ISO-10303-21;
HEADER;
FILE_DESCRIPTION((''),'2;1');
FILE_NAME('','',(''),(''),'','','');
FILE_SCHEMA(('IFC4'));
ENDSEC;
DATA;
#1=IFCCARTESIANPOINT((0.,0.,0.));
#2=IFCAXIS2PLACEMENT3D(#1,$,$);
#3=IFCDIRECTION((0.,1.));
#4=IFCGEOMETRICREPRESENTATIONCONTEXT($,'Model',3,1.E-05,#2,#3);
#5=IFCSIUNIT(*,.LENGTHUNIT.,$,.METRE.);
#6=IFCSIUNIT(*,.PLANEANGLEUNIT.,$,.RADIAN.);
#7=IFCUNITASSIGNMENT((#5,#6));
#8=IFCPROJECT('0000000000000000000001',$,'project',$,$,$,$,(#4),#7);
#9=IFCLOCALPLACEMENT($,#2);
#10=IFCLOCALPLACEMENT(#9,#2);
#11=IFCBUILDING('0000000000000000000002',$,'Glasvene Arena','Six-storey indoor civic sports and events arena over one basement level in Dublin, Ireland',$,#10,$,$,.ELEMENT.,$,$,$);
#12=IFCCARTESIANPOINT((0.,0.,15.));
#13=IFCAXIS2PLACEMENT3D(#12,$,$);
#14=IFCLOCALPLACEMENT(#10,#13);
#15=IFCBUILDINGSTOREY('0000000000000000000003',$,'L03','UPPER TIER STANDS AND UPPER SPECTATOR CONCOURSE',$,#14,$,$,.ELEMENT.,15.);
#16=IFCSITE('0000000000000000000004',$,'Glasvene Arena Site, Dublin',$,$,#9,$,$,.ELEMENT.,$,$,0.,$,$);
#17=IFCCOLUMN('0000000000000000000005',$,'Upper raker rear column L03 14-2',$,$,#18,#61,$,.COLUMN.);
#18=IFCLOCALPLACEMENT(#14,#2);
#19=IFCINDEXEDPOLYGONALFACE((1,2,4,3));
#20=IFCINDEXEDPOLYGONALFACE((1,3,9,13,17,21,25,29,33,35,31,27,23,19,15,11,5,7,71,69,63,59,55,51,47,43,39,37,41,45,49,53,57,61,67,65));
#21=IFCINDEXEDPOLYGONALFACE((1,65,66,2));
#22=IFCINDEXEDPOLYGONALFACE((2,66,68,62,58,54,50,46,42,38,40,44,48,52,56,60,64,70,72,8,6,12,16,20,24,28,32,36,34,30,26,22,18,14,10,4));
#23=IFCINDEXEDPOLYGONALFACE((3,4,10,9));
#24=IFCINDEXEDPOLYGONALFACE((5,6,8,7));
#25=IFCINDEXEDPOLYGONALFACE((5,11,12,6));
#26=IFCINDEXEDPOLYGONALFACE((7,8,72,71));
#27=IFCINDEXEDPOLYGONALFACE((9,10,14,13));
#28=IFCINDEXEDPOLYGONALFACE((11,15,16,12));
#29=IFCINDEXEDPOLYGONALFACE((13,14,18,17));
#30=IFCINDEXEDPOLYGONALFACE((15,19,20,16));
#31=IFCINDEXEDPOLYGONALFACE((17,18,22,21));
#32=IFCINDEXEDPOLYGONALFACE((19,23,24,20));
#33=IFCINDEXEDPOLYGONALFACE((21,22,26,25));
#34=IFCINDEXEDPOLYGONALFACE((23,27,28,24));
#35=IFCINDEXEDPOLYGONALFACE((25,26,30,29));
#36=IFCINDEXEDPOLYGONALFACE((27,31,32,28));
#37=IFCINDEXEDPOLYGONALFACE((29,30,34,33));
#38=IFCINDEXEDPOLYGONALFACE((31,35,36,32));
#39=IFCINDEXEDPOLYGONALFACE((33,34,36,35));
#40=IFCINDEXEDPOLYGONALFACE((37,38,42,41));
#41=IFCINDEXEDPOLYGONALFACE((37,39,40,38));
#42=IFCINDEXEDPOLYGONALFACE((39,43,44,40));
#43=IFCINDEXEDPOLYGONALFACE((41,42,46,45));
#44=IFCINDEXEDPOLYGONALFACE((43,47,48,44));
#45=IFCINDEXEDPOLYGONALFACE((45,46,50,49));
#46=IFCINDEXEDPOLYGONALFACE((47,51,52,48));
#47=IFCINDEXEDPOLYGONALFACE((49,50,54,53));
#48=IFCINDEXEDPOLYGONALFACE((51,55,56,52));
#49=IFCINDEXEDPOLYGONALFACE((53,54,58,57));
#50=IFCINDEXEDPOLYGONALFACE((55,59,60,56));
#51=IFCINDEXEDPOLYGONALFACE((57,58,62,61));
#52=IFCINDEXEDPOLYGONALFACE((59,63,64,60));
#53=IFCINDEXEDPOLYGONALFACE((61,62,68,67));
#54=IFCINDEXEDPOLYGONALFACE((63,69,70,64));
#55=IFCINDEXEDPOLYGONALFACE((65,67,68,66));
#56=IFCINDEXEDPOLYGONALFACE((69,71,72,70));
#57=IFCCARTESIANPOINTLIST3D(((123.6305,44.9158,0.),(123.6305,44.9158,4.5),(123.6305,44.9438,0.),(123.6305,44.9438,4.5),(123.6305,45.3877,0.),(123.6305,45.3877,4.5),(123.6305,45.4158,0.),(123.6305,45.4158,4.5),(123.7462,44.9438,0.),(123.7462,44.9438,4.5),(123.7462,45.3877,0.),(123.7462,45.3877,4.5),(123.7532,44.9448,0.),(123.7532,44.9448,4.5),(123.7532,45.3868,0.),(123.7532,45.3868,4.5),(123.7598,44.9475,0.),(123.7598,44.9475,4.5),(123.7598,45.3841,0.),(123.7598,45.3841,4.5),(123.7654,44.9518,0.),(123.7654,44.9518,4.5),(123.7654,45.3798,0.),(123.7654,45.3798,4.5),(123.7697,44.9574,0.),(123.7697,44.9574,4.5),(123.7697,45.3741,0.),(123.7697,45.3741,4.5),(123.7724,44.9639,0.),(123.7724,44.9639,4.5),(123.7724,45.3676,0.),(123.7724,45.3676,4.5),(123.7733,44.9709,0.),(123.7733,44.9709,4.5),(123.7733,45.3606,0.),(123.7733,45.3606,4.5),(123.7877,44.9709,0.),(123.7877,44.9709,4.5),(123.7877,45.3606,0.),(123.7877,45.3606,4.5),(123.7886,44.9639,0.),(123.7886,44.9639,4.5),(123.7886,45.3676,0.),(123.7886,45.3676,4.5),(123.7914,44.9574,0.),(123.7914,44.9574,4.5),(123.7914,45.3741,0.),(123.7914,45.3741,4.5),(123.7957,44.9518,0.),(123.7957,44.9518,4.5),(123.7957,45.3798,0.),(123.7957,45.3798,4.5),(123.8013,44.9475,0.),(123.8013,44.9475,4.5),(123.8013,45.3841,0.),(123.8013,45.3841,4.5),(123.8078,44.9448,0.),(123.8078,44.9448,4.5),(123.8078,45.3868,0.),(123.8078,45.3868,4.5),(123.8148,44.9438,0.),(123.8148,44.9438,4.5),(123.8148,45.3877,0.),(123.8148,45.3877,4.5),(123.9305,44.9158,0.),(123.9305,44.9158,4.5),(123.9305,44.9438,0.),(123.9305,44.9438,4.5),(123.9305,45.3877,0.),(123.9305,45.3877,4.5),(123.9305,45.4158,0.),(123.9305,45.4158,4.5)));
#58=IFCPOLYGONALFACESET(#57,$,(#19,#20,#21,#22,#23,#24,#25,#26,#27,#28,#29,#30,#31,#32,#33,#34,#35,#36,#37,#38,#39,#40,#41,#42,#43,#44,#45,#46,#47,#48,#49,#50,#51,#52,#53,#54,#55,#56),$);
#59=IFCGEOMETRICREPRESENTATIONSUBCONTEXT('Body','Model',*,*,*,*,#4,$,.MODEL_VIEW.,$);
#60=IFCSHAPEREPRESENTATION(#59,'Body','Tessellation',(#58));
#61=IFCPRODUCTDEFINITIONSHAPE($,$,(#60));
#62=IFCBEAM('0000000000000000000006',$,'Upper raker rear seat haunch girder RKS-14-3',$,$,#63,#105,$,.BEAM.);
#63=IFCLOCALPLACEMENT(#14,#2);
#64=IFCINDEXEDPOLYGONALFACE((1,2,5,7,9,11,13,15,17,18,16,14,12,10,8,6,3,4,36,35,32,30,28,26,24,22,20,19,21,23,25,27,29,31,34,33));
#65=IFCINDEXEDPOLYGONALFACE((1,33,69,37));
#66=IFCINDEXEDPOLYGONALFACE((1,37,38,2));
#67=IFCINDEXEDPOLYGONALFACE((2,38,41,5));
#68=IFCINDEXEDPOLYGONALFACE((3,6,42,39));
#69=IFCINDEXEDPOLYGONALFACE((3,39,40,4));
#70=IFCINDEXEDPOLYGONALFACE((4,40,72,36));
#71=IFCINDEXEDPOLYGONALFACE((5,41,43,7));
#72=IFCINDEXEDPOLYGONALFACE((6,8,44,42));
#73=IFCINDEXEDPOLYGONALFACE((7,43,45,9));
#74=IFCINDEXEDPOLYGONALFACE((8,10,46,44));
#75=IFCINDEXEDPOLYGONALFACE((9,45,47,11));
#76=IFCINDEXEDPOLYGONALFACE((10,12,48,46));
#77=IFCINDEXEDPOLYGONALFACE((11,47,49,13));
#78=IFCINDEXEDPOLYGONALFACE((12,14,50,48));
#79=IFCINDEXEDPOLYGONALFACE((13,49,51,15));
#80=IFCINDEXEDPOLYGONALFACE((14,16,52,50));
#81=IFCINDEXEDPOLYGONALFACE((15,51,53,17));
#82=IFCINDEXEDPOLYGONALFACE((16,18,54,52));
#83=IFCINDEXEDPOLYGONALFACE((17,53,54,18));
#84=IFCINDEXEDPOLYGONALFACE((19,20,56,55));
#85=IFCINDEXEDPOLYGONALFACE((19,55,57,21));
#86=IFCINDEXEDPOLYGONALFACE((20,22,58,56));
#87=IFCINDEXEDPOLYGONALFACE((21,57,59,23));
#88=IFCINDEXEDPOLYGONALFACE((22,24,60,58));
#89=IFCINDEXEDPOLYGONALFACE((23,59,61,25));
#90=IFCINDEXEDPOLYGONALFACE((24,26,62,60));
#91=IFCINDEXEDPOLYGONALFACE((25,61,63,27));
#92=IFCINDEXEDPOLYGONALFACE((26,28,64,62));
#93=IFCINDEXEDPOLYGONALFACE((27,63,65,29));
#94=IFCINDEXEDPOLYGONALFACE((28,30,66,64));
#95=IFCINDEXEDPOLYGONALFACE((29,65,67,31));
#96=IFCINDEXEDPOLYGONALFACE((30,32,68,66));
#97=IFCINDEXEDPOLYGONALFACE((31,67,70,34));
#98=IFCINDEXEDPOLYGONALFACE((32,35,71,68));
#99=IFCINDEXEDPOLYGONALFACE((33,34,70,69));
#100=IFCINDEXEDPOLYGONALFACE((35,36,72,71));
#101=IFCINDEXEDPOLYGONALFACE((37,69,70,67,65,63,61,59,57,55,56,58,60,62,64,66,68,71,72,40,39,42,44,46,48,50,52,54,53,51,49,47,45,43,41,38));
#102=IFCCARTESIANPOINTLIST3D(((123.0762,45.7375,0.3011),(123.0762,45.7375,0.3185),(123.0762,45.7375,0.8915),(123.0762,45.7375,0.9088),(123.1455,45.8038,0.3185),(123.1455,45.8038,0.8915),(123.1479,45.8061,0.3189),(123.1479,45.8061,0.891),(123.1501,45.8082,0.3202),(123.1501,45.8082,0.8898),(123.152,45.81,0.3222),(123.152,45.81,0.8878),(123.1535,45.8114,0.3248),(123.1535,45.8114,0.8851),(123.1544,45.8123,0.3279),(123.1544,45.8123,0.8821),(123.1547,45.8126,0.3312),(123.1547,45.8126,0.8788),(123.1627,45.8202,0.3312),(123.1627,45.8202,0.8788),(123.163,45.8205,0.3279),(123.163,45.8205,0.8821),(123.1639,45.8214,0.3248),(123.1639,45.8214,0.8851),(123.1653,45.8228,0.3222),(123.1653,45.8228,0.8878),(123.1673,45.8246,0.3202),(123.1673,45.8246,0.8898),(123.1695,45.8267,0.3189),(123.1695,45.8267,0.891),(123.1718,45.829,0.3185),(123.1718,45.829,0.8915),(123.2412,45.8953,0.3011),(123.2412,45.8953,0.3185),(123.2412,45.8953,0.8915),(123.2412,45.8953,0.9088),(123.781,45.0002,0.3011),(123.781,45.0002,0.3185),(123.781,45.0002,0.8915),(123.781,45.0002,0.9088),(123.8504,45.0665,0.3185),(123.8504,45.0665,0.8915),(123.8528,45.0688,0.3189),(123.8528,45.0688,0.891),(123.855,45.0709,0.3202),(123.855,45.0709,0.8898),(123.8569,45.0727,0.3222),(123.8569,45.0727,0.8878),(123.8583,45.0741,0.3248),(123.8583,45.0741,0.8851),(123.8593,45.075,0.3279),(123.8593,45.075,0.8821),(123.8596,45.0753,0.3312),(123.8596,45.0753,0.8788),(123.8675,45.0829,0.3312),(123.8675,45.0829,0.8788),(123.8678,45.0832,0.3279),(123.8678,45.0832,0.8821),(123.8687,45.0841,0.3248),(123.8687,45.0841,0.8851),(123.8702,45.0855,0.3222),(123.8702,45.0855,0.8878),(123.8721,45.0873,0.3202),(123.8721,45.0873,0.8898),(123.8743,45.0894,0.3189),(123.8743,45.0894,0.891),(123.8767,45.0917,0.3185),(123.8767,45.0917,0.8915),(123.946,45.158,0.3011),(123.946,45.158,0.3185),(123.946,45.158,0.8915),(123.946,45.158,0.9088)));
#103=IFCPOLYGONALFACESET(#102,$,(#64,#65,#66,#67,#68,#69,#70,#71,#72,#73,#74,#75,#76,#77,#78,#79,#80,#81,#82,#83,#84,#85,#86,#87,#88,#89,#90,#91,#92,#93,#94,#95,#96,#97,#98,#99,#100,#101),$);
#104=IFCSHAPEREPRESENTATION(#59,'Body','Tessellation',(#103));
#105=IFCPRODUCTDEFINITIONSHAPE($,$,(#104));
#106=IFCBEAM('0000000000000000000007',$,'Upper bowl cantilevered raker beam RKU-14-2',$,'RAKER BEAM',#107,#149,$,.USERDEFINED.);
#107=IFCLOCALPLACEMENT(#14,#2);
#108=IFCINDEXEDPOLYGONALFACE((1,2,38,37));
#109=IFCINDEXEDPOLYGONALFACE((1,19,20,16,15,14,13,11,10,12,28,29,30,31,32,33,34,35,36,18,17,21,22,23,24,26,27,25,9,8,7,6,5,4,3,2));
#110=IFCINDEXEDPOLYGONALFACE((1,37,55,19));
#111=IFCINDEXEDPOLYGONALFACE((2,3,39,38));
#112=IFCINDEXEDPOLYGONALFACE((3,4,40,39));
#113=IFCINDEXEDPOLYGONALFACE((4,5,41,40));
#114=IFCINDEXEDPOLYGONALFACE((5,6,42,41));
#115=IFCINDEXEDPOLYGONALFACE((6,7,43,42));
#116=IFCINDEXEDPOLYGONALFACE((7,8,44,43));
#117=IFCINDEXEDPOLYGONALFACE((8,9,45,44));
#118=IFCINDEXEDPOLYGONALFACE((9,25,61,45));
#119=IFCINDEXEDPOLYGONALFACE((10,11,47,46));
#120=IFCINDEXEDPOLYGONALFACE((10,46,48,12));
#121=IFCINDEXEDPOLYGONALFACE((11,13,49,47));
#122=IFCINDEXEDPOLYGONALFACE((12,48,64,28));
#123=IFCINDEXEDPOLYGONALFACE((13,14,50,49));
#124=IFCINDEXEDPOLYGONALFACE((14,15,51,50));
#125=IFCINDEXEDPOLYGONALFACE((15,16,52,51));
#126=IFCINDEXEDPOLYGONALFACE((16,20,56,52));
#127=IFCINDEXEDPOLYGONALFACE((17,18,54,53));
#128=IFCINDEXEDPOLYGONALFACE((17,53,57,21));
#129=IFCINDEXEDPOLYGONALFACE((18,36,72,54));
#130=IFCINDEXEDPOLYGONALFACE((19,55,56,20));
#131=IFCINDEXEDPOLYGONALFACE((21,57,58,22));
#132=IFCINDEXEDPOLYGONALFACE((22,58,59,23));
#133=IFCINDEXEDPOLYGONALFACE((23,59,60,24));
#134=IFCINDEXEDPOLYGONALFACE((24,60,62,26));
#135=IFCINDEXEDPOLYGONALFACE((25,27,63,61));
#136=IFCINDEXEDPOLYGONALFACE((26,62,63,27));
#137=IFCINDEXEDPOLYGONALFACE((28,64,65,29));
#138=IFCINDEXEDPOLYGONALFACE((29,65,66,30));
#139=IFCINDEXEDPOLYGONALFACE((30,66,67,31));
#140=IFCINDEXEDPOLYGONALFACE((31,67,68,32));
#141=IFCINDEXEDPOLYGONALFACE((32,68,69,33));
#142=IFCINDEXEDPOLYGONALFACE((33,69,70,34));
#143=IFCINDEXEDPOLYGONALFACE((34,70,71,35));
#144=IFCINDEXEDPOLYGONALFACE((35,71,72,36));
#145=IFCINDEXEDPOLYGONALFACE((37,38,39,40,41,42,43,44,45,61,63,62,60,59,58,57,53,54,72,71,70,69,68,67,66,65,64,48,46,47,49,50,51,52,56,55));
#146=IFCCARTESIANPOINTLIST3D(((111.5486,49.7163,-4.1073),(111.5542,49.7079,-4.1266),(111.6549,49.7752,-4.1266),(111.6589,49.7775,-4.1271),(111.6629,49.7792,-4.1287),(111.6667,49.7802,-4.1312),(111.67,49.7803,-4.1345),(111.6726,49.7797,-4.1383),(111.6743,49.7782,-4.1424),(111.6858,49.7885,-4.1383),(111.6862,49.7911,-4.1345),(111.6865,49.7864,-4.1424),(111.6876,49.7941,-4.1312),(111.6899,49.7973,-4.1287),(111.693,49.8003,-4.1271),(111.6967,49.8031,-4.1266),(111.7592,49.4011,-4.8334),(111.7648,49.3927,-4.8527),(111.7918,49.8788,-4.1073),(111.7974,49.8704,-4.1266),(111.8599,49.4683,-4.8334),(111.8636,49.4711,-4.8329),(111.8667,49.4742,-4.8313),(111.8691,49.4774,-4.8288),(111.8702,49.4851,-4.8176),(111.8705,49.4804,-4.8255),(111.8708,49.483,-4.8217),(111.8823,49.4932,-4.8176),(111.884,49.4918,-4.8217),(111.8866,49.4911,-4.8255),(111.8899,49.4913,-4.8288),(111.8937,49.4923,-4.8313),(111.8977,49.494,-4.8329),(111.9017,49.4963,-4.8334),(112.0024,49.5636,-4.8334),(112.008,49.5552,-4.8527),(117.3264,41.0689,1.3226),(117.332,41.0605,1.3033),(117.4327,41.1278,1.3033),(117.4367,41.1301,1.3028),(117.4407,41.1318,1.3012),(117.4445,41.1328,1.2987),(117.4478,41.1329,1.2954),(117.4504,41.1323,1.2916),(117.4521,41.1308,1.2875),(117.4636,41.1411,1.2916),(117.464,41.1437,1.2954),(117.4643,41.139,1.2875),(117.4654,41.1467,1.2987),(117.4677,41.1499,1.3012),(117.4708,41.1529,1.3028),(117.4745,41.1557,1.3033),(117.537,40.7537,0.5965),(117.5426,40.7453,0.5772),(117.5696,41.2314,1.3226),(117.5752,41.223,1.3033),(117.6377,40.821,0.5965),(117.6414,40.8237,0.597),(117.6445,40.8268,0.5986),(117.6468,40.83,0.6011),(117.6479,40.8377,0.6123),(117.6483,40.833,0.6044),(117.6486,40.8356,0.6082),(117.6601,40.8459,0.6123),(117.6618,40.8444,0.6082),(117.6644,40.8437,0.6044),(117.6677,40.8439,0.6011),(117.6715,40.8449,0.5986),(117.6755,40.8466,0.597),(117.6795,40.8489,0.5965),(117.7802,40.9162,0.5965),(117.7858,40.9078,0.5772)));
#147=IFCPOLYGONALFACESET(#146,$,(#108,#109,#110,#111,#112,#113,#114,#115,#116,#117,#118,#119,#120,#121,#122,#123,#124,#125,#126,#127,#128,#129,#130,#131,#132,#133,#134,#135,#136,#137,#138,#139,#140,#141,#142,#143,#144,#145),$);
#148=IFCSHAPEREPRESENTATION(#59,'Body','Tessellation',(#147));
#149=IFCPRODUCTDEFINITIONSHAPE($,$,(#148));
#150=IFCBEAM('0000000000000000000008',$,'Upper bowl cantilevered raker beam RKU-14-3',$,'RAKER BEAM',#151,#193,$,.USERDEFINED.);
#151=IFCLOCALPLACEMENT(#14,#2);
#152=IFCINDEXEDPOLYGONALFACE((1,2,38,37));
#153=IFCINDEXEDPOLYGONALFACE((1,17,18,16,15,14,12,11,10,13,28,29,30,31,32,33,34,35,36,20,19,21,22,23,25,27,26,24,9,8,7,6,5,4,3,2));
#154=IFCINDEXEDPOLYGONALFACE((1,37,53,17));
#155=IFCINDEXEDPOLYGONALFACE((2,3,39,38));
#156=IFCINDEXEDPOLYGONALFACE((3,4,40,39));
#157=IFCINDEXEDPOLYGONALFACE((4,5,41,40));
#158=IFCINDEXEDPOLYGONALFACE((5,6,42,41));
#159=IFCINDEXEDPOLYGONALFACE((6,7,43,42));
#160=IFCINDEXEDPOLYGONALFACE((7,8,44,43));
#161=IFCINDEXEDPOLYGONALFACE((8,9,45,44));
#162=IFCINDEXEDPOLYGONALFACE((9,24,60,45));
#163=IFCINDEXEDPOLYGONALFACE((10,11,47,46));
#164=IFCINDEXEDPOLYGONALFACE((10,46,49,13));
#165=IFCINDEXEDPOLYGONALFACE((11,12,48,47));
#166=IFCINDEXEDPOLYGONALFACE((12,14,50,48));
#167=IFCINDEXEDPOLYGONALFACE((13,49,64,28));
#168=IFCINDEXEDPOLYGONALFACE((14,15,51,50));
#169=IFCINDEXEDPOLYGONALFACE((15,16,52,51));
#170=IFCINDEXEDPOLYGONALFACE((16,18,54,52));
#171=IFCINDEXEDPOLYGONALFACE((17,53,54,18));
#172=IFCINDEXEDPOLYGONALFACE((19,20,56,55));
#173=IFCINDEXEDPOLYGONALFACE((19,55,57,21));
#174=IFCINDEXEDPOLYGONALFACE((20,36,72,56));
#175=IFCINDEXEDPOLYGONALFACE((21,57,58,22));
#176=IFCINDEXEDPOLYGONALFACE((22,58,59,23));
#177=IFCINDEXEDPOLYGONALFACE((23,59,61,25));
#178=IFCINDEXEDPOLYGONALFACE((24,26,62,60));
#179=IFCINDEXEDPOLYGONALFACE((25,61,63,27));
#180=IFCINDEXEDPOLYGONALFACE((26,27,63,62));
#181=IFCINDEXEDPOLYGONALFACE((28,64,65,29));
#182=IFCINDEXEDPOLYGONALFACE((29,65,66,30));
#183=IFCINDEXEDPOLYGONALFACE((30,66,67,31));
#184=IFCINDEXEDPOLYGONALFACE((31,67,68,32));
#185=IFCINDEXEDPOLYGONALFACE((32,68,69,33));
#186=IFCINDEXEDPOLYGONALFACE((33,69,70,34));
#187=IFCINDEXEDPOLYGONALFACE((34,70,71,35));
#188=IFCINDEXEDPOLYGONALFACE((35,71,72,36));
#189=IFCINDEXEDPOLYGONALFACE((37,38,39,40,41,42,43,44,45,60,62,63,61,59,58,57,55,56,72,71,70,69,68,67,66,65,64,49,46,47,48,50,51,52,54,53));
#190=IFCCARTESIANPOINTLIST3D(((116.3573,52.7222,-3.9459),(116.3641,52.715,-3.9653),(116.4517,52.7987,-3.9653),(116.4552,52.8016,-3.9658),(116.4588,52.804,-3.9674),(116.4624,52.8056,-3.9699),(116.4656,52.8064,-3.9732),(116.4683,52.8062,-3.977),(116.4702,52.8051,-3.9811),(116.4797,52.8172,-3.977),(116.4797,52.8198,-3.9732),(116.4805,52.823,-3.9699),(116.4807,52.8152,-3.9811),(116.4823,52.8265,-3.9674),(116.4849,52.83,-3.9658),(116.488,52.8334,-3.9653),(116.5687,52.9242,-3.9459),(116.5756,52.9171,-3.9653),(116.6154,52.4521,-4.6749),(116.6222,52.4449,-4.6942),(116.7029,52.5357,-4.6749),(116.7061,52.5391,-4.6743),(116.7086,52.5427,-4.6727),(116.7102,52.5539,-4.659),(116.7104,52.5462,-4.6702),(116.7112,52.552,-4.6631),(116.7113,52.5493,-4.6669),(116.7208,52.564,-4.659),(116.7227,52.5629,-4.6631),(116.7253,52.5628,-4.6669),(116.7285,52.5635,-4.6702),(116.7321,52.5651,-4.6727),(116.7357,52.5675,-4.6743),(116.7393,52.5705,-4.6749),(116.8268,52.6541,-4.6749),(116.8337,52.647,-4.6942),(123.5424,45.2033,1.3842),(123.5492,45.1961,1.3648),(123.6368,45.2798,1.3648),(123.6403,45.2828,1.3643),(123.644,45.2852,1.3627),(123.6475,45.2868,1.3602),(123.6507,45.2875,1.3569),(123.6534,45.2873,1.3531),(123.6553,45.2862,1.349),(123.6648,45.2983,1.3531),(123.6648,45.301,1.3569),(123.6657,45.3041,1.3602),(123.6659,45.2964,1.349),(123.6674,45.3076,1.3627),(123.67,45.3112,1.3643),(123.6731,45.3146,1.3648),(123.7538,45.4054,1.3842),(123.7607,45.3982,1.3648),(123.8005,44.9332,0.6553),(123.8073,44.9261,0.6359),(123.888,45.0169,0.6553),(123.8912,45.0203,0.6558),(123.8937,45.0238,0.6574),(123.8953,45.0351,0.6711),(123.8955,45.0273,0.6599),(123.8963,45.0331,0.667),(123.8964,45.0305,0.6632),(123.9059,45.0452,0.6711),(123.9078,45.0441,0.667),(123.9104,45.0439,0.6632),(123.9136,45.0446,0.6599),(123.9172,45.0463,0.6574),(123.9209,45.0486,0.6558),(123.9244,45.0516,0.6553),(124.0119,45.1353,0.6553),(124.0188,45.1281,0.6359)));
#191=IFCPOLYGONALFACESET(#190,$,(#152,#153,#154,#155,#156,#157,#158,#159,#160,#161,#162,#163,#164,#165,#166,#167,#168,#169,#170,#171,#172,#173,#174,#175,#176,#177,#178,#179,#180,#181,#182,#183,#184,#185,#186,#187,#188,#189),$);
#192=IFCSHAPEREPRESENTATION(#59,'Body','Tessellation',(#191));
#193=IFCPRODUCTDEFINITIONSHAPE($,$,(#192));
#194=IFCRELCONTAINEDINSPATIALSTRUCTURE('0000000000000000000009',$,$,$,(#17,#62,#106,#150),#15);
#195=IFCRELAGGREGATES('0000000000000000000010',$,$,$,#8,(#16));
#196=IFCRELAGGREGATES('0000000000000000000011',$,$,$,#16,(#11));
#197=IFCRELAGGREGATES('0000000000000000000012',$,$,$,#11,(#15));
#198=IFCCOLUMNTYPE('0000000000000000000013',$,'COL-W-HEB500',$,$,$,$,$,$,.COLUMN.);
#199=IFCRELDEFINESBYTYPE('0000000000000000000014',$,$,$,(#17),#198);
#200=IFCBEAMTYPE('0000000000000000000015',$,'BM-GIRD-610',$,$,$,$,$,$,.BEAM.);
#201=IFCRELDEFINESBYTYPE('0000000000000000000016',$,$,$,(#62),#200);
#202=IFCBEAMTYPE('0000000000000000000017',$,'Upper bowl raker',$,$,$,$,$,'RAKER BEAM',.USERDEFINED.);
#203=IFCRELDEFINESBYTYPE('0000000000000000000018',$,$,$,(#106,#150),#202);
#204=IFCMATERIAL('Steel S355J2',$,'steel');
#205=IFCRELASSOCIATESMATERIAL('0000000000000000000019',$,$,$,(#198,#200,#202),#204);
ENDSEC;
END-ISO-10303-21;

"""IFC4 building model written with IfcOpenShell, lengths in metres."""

from ifc_helpers import new_model, si_unit, direction, frame, origin, origin_2d, place, context, subcontext, project, spatial, i_section, extrude, material, material_profile, profile_set, type_object, element, save


model = new_model("IFC4")

# Units and contexts
model_context = context("Model", 3, precision=1e-05, world=origin(), true_north=direction((0.0, 1.0)))
body_context = subcontext(model_context, "Body", "Model", "MODEL_VIEW")
ifc_project = project(units=[si_unit("LENGTHUNIT", "METRE"), si_unit("PLANEANGLEUNIT", "RADIAN")], contexts=[model_context])

# Site, building, storey
site_placement = place(None, origin())
site = spatial("IfcSite", under=ifc_project, at=site_placement, Name="Glasvene Arena Site, Dublin", CompositionType="ELEMENT", RefElevation=0.0)
building_placement = place(site_placement, origin())
building = spatial("IfcBuilding", under=site, at=building_placement, Name="Glasvene Arena", Description="Six-storey indoor civic sports and events arena over one basement level in Dublin, Ireland", CompositionType="ELEMENT")
storey_placement = place(building_placement, frame((0.0, 0.0, 15.0)))
storey = spatial("IfcBuildingStorey", under=building, at=storey_placement, Name="L03", Description="UPPER TIER STANDS AND UPPER SPECTATOR CONCOURSE", CompositionType="ELEMENT", Elevation=15.0)

# Column
ifc_material_1 = material(Name="Steel S355J2", Category="steel")
ifc_material_profile_1 = material_profile(ifc_material_1, i_section(OverallWidth=0.3, OverallDepth=0.5, WebThickness=0.0144, FlangeThickness=0.0281, FilletRadius=0.0271, at=origin_2d()), Name="HEB 500")
ifc_profile_set_1 = profile_set([ifc_material_profile_1], Name="Steel S355J2")
column_type = type_object("IfcColumnType", Name="COL-W-HEB500", PredefinedType="COLUMN", material=ifc_profile_set_1)
column_placement = place(storey_placement, frame((123.7805, 45.1658, 0.0), z_axis=(0.0, 0.0, 1.0), x_axis=(1.0, 0.0, 0.0)))
element("IfcColumn", 1, at=column_placement, inside=storey, type_object=column_type, Name="Upper raker rear column L03 14-2", PredefinedType="COLUMN", context=body_context, shape_type="SweptSolid", body=[
    extrude(i_section(OverallWidth=0.3, OverallDepth=0.5, WebThickness=0.0144, FlangeThickness=0.0281, FilletRadius=0.0271, at=origin_2d()), origin(), (0.0, 0.0, 1.0), 4.5),
])

# Beams
ifc_material_profile_2 = material_profile(ifc_material_1, i_section(OverallWidth=0.2283, OverallDepth=0.6077, WebThickness=0.011, FlangeThickness=0.0173, FilletRadius=0.0127, at=origin_2d()), Name="UKB 610x229x113")
ifc_profile_set_2 = profile_set([ifc_material_profile_2], Name="Steel S355J2")
beam_type_1 = type_object("IfcBeamType", Name="BM-GIRD-610", PredefinedType="BEAM", material=ifc_profile_set_2)
beam_1_placement = place(storey_placement, frame((123.1587, 45.8164, 0.605), z_axis=(0.691011, -0.722845, 0.0), x_axis=(0.722845, 0.691011, 0.0)))
element("IfcBeam", 2, at=beam_1_placement, inside=storey, type_object=beam_type_1, Name="Upper raker rear seat haunch girder RKS-14-3", PredefinedType="BEAM", context=body_context, shape_type="SweptSolid", body=[
    extrude(i_section(OverallWidth=0.2283, OverallDepth=0.6077, WebThickness=0.011, FlangeThickness=0.0173, FilletRadius=0.0127, at=origin_2d()), origin(), (0.0, 0.0, 1.0), 1.02),
])
ifc_material_profile_3 = material_profile(ifc_material_1, i_section(OverallWidth=0.2925, OverallDepth=0.8408, WebThickness=0.0146, FlangeThickness=0.0217, FilletRadius=0.0178, at=origin_2d()), Name="UKB 838x292x194")
ifc_profile_set_3 = profile_set([ifc_material_profile_3], Name="Steel S355J2")
beam_type_2 = type_object("IfcBeamType", Name="Upper bowl raker", ElementType="RAKER BEAM", PredefinedType="USERDEFINED", material=ifc_profile_set_3)
beam_2_placement = place(storey_placement, frame((111.7783, 49.6357, -4.48), z_axis=(0.492474, -0.737067, 0.46282), x_axis=(0.831479, 0.555556, 0.0)))
element("IfcBeam", 3, at=beam_2_placement, inside=storey, type_object=beam_type_2, Name="Upper bowl cantilevered raker beam RKU-14-2", ObjectType="RAKER BEAM", PredefinedType="USERDEFINED", context=body_context, shape_type="SweptSolid", body=[
    extrude(i_section(OverallWidth=0.2925, OverallDepth=0.8408, WebThickness=0.0146, FlangeThickness=0.0217, FilletRadius=0.0178, at=origin_2d()), origin(), (0.0, 0.0, 1.0), 11.7322),
])
beam_3_placement = place(storey_placement, frame((116.5955, 52.6846, -4.3201), z_axis=(0.614833, -0.643392, 0.4561), x_axis=(0.72297, 0.690879, 0.0)))
element("IfcBeam", 4, at=beam_3_placement, inside=storey, type_object=beam_type_2, Name="Upper bowl cantilevered raker beam RKU-14-3", ObjectType="RAKER BEAM", PredefinedType="USERDEFINED", context=body_context, shape_type="SweptSolid", body=[
    extrude(i_section(OverallWidth=0.2925, OverallDepth=0.8408, WebThickness=0.0146, FlangeThickness=0.0217, FilletRadius=0.0178, at=origin_2d()), origin(), (0.0, 0.0, 1.0), 11.6863),
])

save(model, "model.ifc")
